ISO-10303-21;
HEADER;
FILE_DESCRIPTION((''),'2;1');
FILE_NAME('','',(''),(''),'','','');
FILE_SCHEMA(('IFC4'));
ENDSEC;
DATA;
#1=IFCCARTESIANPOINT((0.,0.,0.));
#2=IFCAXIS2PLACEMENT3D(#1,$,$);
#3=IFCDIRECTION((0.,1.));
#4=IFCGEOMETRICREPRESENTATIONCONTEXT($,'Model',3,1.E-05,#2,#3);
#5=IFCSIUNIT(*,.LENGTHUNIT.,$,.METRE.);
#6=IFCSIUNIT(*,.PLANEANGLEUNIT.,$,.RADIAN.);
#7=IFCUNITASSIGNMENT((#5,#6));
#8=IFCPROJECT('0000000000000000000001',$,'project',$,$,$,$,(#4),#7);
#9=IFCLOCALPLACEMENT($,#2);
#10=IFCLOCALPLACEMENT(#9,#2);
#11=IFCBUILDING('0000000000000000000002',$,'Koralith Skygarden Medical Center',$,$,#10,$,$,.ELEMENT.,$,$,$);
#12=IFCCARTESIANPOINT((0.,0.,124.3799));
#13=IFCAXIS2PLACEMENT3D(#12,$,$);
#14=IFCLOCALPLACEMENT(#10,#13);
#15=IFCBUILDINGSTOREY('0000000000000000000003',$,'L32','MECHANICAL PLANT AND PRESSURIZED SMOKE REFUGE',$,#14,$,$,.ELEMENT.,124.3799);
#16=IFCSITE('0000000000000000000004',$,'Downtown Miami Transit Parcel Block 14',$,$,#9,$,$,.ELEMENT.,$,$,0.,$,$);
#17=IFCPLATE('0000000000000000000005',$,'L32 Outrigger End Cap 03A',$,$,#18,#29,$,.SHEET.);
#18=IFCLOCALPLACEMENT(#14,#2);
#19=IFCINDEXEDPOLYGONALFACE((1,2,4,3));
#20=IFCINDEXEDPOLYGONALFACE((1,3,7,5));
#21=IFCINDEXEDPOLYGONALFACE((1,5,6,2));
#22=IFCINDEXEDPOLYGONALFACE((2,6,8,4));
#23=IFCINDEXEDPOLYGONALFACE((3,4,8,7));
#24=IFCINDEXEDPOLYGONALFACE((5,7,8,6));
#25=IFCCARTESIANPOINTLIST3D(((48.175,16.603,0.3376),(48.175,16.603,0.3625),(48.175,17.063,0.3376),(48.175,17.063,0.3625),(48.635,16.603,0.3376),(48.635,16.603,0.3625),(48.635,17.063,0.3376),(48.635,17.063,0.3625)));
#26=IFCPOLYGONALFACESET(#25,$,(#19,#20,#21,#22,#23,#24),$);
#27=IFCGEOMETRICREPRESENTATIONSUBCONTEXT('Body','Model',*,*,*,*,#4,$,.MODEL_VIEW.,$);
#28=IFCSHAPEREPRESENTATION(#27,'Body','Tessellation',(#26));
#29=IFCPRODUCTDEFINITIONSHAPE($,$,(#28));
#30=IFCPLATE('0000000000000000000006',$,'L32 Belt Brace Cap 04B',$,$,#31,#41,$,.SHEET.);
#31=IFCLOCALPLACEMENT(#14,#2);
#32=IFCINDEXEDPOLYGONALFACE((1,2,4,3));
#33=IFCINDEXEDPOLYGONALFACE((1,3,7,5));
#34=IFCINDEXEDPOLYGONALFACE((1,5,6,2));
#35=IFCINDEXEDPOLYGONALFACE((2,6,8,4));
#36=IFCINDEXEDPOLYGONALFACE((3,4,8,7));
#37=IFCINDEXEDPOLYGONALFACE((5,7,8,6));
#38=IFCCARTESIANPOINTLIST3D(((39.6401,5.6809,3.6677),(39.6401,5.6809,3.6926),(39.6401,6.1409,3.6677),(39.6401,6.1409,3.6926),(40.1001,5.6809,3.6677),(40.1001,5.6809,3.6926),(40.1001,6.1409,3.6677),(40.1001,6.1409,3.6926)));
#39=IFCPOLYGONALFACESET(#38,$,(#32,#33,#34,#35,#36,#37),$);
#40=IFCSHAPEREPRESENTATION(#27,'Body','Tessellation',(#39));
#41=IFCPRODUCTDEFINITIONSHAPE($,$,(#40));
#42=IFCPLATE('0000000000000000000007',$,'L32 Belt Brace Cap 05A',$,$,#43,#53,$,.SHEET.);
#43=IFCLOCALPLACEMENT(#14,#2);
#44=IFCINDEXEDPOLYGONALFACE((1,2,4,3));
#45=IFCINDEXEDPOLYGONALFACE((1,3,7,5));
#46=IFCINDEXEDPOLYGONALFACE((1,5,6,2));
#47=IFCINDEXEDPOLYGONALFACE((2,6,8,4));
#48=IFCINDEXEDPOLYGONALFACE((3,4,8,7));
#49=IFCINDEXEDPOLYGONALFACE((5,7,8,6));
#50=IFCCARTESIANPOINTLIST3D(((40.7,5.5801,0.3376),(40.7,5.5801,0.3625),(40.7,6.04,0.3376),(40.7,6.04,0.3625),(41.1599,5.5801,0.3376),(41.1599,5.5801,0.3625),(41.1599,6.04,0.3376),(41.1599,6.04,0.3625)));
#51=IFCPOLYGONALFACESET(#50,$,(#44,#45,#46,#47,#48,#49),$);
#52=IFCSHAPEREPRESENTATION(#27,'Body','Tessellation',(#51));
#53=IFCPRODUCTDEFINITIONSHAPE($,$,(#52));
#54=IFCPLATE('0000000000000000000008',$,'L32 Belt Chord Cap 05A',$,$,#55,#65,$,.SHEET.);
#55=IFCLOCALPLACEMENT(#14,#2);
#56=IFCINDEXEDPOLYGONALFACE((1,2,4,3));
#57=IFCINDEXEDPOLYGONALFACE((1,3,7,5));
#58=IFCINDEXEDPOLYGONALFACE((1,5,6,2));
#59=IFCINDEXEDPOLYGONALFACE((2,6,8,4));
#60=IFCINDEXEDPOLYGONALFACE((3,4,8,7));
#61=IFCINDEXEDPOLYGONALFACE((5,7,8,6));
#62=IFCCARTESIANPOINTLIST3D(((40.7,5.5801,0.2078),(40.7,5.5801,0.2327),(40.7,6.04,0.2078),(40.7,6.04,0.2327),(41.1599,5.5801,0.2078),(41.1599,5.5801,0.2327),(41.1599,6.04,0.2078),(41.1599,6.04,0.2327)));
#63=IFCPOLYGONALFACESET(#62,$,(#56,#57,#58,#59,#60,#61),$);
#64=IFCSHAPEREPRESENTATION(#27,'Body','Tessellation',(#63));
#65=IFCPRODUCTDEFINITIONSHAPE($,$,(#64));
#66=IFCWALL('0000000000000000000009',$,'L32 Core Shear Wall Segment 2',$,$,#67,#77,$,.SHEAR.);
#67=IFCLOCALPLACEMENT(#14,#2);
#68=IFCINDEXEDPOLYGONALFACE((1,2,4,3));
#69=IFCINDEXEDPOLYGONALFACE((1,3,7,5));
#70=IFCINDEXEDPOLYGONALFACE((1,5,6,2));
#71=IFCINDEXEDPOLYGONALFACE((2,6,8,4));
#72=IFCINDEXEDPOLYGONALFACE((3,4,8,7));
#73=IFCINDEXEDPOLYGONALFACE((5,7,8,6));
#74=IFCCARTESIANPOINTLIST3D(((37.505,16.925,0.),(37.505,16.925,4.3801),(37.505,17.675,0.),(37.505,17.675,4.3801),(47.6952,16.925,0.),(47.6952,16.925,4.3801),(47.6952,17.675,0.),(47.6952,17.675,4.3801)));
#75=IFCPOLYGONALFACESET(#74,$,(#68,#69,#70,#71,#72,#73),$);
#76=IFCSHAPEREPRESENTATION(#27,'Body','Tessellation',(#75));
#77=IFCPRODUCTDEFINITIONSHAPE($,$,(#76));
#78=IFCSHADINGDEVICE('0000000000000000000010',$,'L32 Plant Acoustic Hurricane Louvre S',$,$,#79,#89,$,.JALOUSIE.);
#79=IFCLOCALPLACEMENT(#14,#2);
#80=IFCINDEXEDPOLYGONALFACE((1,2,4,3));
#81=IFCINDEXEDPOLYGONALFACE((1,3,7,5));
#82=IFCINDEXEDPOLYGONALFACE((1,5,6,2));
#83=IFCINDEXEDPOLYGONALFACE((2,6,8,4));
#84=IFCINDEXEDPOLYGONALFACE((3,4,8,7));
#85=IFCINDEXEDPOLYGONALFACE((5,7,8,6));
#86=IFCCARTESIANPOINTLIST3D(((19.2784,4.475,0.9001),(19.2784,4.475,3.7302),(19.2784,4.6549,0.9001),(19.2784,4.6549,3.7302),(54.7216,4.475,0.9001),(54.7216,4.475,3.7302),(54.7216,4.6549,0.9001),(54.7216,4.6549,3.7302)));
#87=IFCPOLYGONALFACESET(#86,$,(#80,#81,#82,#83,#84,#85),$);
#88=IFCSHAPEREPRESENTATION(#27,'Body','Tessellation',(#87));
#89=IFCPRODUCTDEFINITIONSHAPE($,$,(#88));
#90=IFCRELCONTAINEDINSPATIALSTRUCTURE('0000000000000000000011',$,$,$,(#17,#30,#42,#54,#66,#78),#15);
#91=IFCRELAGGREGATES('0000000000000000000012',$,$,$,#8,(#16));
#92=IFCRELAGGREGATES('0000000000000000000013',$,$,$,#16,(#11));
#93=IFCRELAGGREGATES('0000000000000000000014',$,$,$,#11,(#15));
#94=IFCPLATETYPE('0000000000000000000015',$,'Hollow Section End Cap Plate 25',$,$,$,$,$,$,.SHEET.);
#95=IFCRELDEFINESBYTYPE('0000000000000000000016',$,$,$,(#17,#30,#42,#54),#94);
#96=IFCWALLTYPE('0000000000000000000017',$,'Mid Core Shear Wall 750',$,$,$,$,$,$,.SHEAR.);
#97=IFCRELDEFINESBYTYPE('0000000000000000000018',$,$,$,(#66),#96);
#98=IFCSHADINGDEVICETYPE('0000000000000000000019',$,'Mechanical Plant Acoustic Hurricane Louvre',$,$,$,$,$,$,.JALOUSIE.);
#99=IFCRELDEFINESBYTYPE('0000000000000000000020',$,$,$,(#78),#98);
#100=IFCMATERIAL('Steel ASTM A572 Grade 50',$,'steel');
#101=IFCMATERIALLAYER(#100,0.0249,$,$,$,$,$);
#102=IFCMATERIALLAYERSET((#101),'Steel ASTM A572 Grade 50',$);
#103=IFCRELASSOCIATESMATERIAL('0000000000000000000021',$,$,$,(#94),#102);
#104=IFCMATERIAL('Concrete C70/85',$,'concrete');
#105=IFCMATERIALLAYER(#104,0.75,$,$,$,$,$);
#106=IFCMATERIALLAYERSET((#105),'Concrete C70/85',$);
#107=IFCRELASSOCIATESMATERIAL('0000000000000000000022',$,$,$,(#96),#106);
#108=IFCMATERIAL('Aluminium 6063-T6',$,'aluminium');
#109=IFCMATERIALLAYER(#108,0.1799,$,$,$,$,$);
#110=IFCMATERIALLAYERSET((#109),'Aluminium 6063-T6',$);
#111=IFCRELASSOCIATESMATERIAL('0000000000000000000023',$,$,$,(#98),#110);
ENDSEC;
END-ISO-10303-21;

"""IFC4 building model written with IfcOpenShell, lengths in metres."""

from ifc_helpers import new_model, si_unit, direction, frame, frame_2d, origin, origin_2d, place, context, subcontext, project, spatial, rectangle, extrude, material, layer, layer_set, type_object, element, save


model = new_model("IFC4")

# Units and contexts
model_context = context("Model", 3, precision=1e-05, world=origin(), true_north=direction((0.0, 1.0)))
body_context = subcontext(model_context, "Body", "Model", "MODEL_VIEW")
ifc_project = project(units=[si_unit("LENGTHUNIT", "METRE"), si_unit("PLANEANGLEUNIT", "RADIAN")], contexts=[model_context])

# Site, building, storey
site_placement = place(None, origin())
site = spatial("IfcSite", under=ifc_project, at=site_placement, Name="Downtown Miami Transit Parcel Block 14", CompositionType="ELEMENT", RefElevation=0.0)
building_placement = place(site_placement, origin())
building = spatial("IfcBuilding", under=site, at=building_placement, Name="Koralith Skygarden Medical Center", CompositionType="ELEMENT")
storey_placement = place(building_placement, frame((0.0, 0.0, 124.3799)))
storey = spatial("IfcBuildingStorey", under=building, at=storey_placement, Name="L32", Description="MECHANICAL PLANT AND PRESSURIZED SMOKE REFUGE", CompositionType="ELEMENT", Elevation=124.3799)

# Shared definitions
ifc_material_1 = material(Name="Concrete C70/85", Category="concrete")

# Plates
ifc_material_2 = material(Name="Steel ASTM A572 Grade 50", Category="steel")
ifc_layer_1 = layer(ifc_material_2, 0.0249)
ifc_layer_set_1 = layer_set([ifc_layer_1], Name="Steel ASTM A572 Grade 50")
plate_type = type_object("IfcPlateType", Name="Hollow Section End Cap Plate 25", PredefinedType="SHEET", material=ifc_layer_set_1)
for number, where, z_axis, x_axis, name in (
    (1, (48.405, 16.833, 0.3376), (0.0, 0.0, 1.0), (1.0, 0.0, 0.0), "L32 Outrigger End Cap 03A"),
    (2, (39.8701, 5.9109, 3.6677), (0.0, 0.0, 1.0), (1.0, 0.0, 0.0), "L32 Belt Brace Cap 04B"),
    (3, (40.9299, 5.8101, 0.3376), (0.0, 0.0, 1.0), (1.0, 0.0, 0.0), "L32 Belt Brace Cap 05A"),
    (4, (40.9299, 5.8101, 0.2078), (0.0, 0.0, 1.0), (1.0, 0.0, 0.0), "L32 Belt Chord Cap 05A"),
):
    element("IfcPlate", number, at=place(storey_placement, frame(where, z_axis=z_axis, x_axis=x_axis)), inside=storey, type_object=plate_type, Name=name, PredefinedType="SHEET", context=body_context, shape_type="SweptSolid", body=[
        extrude(rectangle(XDim=0.46, YDim=0.46, at=origin_2d()), origin(), (0.0, 0.0, 1.0), 0.0249),
    ])

# Wall
ifc_layer_2 = layer(ifc_material_1, 0.75)
ifc_layer_set_2 = layer_set([ifc_layer_2], Name="Concrete C70/85")
wall_type = type_object("IfcWallType", Name="Mid Core Shear Wall 750", PredefinedType="SHEAR", material=ifc_layer_set_2)
wall_placement = place(storey_placement, frame((37.5049, 17.3, 0.0), z_axis=(0.0, 0.0, 1.0), x_axis=(1.0, 0.0, 0.0)))
element("IfcWall", 5, at=wall_placement, inside=storey, type_object=wall_type, Name="L32 Core Shear Wall Segment 2", PredefinedType="SHEAR", context=body_context, shape_type="SweptSolid", body=[
    extrude(rectangle(XDim=10.1902, YDim=0.75, at=frame_2d((5.0952, 0.0))), origin(), (0.0, 0.0, 1.0), 4.3801),
])

# Shading device
ifc_material_3 = material(Name="Aluminium 6063-T6", Category="aluminium")
ifc_layer_3 = layer(ifc_material_3, 0.1799)
ifc_layer_set_3 = layer_set([ifc_layer_3], Name="Aluminium 6063-T6")
shading_device_type = type_object("IfcShadingDeviceType", Name="Mechanical Plant Acoustic Hurricane Louvre", PredefinedType="JALOUSIE", material=ifc_layer_set_3)
shading_device_placement = place(storey_placement, frame((37.0, 4.5649, 0.9001), z_axis=(0.0, 0.0, 1.0), x_axis=(1.0, 0.0, 0.0)))
element("IfcShadingDevice", 6, at=shading_device_placement, inside=storey, type_object=shading_device_type, Name="L32 Plant Acoustic Hurricane Louvre S", PredefinedType="JALOUSIE", context=body_context, shape_type="SweptSolid", body=[
    extrude(rectangle(XDim=35.4431, YDim=0.1799, at=origin_2d()), origin(), (0.0, 0.0, 1.0), 2.8301),
])

save(model, "model.ifc")
